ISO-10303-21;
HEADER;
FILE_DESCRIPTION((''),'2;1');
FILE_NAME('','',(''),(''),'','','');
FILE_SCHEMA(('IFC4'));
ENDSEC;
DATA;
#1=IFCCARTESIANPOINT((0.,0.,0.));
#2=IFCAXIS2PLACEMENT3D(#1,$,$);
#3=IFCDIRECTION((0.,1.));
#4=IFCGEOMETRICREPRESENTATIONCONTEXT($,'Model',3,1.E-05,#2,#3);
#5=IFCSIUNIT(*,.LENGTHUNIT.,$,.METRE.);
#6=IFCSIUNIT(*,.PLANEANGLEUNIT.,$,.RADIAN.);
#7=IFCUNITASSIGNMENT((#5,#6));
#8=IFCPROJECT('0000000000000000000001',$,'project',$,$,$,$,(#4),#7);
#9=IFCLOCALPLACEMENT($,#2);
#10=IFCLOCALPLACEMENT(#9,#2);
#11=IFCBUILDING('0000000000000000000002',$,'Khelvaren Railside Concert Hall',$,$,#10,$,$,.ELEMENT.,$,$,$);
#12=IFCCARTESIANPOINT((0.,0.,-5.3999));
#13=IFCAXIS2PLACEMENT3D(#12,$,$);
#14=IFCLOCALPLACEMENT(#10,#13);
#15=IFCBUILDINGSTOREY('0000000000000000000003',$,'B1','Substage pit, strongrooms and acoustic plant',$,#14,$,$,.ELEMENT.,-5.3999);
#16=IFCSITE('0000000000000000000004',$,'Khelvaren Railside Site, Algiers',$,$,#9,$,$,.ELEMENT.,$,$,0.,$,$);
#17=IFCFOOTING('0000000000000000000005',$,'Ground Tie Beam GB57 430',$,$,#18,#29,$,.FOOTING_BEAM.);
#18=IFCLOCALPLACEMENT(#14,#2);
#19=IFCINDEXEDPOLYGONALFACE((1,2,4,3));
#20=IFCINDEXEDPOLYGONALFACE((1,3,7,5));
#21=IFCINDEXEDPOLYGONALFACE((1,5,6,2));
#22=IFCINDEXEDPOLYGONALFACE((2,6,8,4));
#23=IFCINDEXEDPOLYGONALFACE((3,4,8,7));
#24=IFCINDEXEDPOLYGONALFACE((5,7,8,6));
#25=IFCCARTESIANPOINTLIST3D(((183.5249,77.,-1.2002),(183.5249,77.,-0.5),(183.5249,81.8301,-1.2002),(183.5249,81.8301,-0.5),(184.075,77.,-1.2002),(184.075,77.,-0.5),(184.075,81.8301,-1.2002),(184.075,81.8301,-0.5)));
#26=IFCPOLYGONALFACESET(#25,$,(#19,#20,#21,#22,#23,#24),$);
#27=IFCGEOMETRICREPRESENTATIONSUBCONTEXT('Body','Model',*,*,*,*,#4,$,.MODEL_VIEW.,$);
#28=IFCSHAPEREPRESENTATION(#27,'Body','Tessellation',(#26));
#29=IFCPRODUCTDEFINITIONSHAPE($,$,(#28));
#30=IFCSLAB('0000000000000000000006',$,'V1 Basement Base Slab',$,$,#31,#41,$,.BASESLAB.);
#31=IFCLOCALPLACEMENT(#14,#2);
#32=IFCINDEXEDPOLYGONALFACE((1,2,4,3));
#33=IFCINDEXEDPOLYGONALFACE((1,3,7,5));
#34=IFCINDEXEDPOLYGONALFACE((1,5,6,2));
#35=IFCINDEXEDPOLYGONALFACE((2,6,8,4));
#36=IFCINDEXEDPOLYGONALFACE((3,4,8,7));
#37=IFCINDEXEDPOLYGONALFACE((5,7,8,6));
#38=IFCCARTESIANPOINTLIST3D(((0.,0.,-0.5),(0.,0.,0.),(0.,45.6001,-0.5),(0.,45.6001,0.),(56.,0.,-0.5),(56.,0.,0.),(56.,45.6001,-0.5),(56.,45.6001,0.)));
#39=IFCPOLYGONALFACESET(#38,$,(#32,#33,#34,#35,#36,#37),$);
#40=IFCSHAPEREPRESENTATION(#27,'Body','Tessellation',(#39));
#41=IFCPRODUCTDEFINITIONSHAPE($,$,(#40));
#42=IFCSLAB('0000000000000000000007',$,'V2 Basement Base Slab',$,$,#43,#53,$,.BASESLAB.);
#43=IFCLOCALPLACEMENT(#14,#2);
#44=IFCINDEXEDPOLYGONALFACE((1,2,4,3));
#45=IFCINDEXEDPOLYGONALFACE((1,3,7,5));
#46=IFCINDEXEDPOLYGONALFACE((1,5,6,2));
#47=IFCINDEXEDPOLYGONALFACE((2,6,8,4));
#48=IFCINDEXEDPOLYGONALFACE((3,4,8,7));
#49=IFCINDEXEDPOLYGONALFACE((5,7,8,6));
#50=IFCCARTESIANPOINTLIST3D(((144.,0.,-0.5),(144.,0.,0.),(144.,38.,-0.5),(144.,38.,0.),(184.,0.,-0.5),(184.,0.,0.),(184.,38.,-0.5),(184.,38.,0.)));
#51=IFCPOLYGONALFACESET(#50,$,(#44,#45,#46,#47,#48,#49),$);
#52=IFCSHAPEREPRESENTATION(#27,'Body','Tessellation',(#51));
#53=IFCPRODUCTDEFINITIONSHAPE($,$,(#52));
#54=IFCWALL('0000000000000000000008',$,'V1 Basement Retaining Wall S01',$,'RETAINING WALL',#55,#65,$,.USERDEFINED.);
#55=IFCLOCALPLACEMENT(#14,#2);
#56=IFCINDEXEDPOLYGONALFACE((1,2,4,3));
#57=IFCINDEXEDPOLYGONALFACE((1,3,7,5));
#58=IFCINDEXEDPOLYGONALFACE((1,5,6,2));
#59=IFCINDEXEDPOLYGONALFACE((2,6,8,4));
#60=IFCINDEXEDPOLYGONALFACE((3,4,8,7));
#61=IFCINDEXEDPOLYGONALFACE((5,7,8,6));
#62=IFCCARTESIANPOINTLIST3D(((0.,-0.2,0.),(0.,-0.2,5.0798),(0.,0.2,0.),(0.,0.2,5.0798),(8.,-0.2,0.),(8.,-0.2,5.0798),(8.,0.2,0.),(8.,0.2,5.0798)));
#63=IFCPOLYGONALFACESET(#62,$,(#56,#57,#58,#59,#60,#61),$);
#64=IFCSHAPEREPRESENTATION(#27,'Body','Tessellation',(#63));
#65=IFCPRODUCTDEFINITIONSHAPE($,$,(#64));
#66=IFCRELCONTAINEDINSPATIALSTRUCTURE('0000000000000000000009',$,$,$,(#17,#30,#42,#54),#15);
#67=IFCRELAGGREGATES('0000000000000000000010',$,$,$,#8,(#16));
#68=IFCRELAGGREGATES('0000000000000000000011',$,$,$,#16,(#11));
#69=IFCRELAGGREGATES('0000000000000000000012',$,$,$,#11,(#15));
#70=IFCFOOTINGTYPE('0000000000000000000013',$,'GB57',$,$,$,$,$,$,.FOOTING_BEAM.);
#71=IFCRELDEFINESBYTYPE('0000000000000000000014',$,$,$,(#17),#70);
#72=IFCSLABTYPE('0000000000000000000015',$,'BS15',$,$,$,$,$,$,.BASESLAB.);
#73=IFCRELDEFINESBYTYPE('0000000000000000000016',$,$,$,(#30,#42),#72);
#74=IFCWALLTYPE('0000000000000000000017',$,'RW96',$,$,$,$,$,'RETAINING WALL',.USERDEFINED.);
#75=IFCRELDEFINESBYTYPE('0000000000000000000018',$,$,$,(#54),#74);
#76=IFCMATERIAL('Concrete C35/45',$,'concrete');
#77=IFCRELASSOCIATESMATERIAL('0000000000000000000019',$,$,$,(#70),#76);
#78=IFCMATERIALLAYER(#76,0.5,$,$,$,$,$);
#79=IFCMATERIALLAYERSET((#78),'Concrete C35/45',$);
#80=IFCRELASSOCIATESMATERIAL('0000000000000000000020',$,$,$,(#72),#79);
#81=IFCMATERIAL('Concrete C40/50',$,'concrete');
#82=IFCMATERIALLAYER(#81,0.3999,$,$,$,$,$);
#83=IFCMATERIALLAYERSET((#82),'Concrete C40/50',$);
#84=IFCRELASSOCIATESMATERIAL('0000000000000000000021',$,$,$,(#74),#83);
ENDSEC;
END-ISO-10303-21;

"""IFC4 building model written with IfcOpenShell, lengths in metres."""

from ifc_helpers import new_model, si_unit, direction, frame, frame_2d, origin, origin_with_axes, place, context, subcontext, project, spatial, polyline, rectangle, outline, extrude, material, layer, layer_set, type_object, element, save


model = new_model("IFC4")

# Units and contexts
model_context = context("Model", 3, precision=1e-05, world=origin(), true_north=direction((0.0, 1.0)))
body_context = subcontext(model_context, "Body", "Model", "MODEL_VIEW")
ifc_project = project(units=[si_unit("LENGTHUNIT", "METRE"), si_unit("PLANEANGLEUNIT", "RADIAN")], contexts=[model_context])

# Site, building, storey
site_placement = place(None, origin())
site = spatial("IfcSite", under=ifc_project, at=site_placement, Name="Khelvaren Railside Site, Algiers", CompositionType="ELEMENT", RefElevation=0.0)
building_placement = place(site_placement, origin())
building = spatial("IfcBuilding", under=site, at=building_placement, Name="Khelvaren Railside Concert Hall", CompositionType="ELEMENT")
storey_placement = place(building_placement, frame((0.0, 0.0, -5.3999)))
storey = spatial("IfcBuildingStorey", under=building, at=storey_placement, Name="B1", Description="Substage pit, strongrooms and acoustic plant", CompositionType="ELEMENT", Elevation=-5.3999)

# Footing
ifc_material_1 = material(Name="Concrete C35/45", Category="concrete")
footing_type_1 = type_object("IfcFootingType", Name="GB57", PredefinedType="FOOTING_BEAM", material=ifc_material_1)
footing_1_placement = place(storey_placement, frame((0.0, 0.0, -1.2002)))
element("IfcFooting", 1, at=footing_1_placement, inside=storey, type_object=footing_type_1, Name="Ground Tie Beam GB57 430", PredefinedType="FOOTING_BEAM", context=body_context, shape_type="SweptSolid", body=[
    extrude(outline(polyline([(183.5249, 77.0), (184.075, 77.0), (184.075, 81.8301), (183.5249, 81.8301), (183.5249, 77.0)])), origin(), (0.0, 0.0, 1.0), 0.7002),
])

# Slabs
ifc_layer_1 = layer(ifc_material_1, 0.5)
ifc_layer_set_1 = layer_set([ifc_layer_1], Name="Concrete C35/45")
slab_type = type_object("IfcSlabType", Name="BS15", PredefinedType="BASESLAB", material=ifc_layer_set_1)
slab_1_placement = place(storey_placement, frame((0.0, 0.0, -0.5)))
element("IfcSlab", 2, at=slab_1_placement, inside=storey, type_object=slab_type, Name="V1 Basement Base Slab", PredefinedType="BASESLAB", context=body_context, shape_type="SweptSolid", body=[
    extrude(outline(polyline([(0.0, 0.0), (56.0, 0.0), (56.0, 45.6001), (0.0, 45.6001), (0.0, 0.0)])), origin(), (0.0, 0.0, 1.0), 0.5),
])
slab_2_placement = place(storey_placement, frame((0.0, 0.0, -0.5)))
element("IfcSlab", 3, at=slab_2_placement, inside=storey, type_object=slab_type, Name="V2 Basement Base Slab", PredefinedType="BASESLAB", context=body_context, shape_type="SweptSolid", body=[
    extrude(outline(polyline([(144.0, 0.0), (184.0, 0.0), (184.0, 38.0), (144.0, 38.0), (144.0, 0.0)])), origin(), (0.0, 0.0, 1.0), 0.5),
])

# Wall
ifc_material_2 = material(Name="Concrete C40/50", Category="concrete")
ifc_layer_2 = layer(ifc_material_2, 0.3999)
ifc_layer_set_2 = layer_set([ifc_layer_2], Name="Concrete C40/50")
wall_type = type_object("IfcWallType", Name="RW96", ElementType="RETAINING WALL", PredefinedType="USERDEFINED", material=ifc_layer_set_2)
wall_placement = place(storey_placement, origin_with_axes())
element("IfcWall", 4, at=wall_placement, inside=storey, type_object=wall_type, Name="V1 Basement Retaining Wall S01", ObjectType="RETAINING WALL", PredefinedType="USERDEFINED", context=body_context, shape_type="SweptSolid", body=[
    extrude(rectangle(XDim=8.0, YDim=0.3999, at=frame_2d((4.0, 0.0))), origin(), (0.0, 0.0, 1.0), 5.0798),
])

save(model, "model.ifc")
